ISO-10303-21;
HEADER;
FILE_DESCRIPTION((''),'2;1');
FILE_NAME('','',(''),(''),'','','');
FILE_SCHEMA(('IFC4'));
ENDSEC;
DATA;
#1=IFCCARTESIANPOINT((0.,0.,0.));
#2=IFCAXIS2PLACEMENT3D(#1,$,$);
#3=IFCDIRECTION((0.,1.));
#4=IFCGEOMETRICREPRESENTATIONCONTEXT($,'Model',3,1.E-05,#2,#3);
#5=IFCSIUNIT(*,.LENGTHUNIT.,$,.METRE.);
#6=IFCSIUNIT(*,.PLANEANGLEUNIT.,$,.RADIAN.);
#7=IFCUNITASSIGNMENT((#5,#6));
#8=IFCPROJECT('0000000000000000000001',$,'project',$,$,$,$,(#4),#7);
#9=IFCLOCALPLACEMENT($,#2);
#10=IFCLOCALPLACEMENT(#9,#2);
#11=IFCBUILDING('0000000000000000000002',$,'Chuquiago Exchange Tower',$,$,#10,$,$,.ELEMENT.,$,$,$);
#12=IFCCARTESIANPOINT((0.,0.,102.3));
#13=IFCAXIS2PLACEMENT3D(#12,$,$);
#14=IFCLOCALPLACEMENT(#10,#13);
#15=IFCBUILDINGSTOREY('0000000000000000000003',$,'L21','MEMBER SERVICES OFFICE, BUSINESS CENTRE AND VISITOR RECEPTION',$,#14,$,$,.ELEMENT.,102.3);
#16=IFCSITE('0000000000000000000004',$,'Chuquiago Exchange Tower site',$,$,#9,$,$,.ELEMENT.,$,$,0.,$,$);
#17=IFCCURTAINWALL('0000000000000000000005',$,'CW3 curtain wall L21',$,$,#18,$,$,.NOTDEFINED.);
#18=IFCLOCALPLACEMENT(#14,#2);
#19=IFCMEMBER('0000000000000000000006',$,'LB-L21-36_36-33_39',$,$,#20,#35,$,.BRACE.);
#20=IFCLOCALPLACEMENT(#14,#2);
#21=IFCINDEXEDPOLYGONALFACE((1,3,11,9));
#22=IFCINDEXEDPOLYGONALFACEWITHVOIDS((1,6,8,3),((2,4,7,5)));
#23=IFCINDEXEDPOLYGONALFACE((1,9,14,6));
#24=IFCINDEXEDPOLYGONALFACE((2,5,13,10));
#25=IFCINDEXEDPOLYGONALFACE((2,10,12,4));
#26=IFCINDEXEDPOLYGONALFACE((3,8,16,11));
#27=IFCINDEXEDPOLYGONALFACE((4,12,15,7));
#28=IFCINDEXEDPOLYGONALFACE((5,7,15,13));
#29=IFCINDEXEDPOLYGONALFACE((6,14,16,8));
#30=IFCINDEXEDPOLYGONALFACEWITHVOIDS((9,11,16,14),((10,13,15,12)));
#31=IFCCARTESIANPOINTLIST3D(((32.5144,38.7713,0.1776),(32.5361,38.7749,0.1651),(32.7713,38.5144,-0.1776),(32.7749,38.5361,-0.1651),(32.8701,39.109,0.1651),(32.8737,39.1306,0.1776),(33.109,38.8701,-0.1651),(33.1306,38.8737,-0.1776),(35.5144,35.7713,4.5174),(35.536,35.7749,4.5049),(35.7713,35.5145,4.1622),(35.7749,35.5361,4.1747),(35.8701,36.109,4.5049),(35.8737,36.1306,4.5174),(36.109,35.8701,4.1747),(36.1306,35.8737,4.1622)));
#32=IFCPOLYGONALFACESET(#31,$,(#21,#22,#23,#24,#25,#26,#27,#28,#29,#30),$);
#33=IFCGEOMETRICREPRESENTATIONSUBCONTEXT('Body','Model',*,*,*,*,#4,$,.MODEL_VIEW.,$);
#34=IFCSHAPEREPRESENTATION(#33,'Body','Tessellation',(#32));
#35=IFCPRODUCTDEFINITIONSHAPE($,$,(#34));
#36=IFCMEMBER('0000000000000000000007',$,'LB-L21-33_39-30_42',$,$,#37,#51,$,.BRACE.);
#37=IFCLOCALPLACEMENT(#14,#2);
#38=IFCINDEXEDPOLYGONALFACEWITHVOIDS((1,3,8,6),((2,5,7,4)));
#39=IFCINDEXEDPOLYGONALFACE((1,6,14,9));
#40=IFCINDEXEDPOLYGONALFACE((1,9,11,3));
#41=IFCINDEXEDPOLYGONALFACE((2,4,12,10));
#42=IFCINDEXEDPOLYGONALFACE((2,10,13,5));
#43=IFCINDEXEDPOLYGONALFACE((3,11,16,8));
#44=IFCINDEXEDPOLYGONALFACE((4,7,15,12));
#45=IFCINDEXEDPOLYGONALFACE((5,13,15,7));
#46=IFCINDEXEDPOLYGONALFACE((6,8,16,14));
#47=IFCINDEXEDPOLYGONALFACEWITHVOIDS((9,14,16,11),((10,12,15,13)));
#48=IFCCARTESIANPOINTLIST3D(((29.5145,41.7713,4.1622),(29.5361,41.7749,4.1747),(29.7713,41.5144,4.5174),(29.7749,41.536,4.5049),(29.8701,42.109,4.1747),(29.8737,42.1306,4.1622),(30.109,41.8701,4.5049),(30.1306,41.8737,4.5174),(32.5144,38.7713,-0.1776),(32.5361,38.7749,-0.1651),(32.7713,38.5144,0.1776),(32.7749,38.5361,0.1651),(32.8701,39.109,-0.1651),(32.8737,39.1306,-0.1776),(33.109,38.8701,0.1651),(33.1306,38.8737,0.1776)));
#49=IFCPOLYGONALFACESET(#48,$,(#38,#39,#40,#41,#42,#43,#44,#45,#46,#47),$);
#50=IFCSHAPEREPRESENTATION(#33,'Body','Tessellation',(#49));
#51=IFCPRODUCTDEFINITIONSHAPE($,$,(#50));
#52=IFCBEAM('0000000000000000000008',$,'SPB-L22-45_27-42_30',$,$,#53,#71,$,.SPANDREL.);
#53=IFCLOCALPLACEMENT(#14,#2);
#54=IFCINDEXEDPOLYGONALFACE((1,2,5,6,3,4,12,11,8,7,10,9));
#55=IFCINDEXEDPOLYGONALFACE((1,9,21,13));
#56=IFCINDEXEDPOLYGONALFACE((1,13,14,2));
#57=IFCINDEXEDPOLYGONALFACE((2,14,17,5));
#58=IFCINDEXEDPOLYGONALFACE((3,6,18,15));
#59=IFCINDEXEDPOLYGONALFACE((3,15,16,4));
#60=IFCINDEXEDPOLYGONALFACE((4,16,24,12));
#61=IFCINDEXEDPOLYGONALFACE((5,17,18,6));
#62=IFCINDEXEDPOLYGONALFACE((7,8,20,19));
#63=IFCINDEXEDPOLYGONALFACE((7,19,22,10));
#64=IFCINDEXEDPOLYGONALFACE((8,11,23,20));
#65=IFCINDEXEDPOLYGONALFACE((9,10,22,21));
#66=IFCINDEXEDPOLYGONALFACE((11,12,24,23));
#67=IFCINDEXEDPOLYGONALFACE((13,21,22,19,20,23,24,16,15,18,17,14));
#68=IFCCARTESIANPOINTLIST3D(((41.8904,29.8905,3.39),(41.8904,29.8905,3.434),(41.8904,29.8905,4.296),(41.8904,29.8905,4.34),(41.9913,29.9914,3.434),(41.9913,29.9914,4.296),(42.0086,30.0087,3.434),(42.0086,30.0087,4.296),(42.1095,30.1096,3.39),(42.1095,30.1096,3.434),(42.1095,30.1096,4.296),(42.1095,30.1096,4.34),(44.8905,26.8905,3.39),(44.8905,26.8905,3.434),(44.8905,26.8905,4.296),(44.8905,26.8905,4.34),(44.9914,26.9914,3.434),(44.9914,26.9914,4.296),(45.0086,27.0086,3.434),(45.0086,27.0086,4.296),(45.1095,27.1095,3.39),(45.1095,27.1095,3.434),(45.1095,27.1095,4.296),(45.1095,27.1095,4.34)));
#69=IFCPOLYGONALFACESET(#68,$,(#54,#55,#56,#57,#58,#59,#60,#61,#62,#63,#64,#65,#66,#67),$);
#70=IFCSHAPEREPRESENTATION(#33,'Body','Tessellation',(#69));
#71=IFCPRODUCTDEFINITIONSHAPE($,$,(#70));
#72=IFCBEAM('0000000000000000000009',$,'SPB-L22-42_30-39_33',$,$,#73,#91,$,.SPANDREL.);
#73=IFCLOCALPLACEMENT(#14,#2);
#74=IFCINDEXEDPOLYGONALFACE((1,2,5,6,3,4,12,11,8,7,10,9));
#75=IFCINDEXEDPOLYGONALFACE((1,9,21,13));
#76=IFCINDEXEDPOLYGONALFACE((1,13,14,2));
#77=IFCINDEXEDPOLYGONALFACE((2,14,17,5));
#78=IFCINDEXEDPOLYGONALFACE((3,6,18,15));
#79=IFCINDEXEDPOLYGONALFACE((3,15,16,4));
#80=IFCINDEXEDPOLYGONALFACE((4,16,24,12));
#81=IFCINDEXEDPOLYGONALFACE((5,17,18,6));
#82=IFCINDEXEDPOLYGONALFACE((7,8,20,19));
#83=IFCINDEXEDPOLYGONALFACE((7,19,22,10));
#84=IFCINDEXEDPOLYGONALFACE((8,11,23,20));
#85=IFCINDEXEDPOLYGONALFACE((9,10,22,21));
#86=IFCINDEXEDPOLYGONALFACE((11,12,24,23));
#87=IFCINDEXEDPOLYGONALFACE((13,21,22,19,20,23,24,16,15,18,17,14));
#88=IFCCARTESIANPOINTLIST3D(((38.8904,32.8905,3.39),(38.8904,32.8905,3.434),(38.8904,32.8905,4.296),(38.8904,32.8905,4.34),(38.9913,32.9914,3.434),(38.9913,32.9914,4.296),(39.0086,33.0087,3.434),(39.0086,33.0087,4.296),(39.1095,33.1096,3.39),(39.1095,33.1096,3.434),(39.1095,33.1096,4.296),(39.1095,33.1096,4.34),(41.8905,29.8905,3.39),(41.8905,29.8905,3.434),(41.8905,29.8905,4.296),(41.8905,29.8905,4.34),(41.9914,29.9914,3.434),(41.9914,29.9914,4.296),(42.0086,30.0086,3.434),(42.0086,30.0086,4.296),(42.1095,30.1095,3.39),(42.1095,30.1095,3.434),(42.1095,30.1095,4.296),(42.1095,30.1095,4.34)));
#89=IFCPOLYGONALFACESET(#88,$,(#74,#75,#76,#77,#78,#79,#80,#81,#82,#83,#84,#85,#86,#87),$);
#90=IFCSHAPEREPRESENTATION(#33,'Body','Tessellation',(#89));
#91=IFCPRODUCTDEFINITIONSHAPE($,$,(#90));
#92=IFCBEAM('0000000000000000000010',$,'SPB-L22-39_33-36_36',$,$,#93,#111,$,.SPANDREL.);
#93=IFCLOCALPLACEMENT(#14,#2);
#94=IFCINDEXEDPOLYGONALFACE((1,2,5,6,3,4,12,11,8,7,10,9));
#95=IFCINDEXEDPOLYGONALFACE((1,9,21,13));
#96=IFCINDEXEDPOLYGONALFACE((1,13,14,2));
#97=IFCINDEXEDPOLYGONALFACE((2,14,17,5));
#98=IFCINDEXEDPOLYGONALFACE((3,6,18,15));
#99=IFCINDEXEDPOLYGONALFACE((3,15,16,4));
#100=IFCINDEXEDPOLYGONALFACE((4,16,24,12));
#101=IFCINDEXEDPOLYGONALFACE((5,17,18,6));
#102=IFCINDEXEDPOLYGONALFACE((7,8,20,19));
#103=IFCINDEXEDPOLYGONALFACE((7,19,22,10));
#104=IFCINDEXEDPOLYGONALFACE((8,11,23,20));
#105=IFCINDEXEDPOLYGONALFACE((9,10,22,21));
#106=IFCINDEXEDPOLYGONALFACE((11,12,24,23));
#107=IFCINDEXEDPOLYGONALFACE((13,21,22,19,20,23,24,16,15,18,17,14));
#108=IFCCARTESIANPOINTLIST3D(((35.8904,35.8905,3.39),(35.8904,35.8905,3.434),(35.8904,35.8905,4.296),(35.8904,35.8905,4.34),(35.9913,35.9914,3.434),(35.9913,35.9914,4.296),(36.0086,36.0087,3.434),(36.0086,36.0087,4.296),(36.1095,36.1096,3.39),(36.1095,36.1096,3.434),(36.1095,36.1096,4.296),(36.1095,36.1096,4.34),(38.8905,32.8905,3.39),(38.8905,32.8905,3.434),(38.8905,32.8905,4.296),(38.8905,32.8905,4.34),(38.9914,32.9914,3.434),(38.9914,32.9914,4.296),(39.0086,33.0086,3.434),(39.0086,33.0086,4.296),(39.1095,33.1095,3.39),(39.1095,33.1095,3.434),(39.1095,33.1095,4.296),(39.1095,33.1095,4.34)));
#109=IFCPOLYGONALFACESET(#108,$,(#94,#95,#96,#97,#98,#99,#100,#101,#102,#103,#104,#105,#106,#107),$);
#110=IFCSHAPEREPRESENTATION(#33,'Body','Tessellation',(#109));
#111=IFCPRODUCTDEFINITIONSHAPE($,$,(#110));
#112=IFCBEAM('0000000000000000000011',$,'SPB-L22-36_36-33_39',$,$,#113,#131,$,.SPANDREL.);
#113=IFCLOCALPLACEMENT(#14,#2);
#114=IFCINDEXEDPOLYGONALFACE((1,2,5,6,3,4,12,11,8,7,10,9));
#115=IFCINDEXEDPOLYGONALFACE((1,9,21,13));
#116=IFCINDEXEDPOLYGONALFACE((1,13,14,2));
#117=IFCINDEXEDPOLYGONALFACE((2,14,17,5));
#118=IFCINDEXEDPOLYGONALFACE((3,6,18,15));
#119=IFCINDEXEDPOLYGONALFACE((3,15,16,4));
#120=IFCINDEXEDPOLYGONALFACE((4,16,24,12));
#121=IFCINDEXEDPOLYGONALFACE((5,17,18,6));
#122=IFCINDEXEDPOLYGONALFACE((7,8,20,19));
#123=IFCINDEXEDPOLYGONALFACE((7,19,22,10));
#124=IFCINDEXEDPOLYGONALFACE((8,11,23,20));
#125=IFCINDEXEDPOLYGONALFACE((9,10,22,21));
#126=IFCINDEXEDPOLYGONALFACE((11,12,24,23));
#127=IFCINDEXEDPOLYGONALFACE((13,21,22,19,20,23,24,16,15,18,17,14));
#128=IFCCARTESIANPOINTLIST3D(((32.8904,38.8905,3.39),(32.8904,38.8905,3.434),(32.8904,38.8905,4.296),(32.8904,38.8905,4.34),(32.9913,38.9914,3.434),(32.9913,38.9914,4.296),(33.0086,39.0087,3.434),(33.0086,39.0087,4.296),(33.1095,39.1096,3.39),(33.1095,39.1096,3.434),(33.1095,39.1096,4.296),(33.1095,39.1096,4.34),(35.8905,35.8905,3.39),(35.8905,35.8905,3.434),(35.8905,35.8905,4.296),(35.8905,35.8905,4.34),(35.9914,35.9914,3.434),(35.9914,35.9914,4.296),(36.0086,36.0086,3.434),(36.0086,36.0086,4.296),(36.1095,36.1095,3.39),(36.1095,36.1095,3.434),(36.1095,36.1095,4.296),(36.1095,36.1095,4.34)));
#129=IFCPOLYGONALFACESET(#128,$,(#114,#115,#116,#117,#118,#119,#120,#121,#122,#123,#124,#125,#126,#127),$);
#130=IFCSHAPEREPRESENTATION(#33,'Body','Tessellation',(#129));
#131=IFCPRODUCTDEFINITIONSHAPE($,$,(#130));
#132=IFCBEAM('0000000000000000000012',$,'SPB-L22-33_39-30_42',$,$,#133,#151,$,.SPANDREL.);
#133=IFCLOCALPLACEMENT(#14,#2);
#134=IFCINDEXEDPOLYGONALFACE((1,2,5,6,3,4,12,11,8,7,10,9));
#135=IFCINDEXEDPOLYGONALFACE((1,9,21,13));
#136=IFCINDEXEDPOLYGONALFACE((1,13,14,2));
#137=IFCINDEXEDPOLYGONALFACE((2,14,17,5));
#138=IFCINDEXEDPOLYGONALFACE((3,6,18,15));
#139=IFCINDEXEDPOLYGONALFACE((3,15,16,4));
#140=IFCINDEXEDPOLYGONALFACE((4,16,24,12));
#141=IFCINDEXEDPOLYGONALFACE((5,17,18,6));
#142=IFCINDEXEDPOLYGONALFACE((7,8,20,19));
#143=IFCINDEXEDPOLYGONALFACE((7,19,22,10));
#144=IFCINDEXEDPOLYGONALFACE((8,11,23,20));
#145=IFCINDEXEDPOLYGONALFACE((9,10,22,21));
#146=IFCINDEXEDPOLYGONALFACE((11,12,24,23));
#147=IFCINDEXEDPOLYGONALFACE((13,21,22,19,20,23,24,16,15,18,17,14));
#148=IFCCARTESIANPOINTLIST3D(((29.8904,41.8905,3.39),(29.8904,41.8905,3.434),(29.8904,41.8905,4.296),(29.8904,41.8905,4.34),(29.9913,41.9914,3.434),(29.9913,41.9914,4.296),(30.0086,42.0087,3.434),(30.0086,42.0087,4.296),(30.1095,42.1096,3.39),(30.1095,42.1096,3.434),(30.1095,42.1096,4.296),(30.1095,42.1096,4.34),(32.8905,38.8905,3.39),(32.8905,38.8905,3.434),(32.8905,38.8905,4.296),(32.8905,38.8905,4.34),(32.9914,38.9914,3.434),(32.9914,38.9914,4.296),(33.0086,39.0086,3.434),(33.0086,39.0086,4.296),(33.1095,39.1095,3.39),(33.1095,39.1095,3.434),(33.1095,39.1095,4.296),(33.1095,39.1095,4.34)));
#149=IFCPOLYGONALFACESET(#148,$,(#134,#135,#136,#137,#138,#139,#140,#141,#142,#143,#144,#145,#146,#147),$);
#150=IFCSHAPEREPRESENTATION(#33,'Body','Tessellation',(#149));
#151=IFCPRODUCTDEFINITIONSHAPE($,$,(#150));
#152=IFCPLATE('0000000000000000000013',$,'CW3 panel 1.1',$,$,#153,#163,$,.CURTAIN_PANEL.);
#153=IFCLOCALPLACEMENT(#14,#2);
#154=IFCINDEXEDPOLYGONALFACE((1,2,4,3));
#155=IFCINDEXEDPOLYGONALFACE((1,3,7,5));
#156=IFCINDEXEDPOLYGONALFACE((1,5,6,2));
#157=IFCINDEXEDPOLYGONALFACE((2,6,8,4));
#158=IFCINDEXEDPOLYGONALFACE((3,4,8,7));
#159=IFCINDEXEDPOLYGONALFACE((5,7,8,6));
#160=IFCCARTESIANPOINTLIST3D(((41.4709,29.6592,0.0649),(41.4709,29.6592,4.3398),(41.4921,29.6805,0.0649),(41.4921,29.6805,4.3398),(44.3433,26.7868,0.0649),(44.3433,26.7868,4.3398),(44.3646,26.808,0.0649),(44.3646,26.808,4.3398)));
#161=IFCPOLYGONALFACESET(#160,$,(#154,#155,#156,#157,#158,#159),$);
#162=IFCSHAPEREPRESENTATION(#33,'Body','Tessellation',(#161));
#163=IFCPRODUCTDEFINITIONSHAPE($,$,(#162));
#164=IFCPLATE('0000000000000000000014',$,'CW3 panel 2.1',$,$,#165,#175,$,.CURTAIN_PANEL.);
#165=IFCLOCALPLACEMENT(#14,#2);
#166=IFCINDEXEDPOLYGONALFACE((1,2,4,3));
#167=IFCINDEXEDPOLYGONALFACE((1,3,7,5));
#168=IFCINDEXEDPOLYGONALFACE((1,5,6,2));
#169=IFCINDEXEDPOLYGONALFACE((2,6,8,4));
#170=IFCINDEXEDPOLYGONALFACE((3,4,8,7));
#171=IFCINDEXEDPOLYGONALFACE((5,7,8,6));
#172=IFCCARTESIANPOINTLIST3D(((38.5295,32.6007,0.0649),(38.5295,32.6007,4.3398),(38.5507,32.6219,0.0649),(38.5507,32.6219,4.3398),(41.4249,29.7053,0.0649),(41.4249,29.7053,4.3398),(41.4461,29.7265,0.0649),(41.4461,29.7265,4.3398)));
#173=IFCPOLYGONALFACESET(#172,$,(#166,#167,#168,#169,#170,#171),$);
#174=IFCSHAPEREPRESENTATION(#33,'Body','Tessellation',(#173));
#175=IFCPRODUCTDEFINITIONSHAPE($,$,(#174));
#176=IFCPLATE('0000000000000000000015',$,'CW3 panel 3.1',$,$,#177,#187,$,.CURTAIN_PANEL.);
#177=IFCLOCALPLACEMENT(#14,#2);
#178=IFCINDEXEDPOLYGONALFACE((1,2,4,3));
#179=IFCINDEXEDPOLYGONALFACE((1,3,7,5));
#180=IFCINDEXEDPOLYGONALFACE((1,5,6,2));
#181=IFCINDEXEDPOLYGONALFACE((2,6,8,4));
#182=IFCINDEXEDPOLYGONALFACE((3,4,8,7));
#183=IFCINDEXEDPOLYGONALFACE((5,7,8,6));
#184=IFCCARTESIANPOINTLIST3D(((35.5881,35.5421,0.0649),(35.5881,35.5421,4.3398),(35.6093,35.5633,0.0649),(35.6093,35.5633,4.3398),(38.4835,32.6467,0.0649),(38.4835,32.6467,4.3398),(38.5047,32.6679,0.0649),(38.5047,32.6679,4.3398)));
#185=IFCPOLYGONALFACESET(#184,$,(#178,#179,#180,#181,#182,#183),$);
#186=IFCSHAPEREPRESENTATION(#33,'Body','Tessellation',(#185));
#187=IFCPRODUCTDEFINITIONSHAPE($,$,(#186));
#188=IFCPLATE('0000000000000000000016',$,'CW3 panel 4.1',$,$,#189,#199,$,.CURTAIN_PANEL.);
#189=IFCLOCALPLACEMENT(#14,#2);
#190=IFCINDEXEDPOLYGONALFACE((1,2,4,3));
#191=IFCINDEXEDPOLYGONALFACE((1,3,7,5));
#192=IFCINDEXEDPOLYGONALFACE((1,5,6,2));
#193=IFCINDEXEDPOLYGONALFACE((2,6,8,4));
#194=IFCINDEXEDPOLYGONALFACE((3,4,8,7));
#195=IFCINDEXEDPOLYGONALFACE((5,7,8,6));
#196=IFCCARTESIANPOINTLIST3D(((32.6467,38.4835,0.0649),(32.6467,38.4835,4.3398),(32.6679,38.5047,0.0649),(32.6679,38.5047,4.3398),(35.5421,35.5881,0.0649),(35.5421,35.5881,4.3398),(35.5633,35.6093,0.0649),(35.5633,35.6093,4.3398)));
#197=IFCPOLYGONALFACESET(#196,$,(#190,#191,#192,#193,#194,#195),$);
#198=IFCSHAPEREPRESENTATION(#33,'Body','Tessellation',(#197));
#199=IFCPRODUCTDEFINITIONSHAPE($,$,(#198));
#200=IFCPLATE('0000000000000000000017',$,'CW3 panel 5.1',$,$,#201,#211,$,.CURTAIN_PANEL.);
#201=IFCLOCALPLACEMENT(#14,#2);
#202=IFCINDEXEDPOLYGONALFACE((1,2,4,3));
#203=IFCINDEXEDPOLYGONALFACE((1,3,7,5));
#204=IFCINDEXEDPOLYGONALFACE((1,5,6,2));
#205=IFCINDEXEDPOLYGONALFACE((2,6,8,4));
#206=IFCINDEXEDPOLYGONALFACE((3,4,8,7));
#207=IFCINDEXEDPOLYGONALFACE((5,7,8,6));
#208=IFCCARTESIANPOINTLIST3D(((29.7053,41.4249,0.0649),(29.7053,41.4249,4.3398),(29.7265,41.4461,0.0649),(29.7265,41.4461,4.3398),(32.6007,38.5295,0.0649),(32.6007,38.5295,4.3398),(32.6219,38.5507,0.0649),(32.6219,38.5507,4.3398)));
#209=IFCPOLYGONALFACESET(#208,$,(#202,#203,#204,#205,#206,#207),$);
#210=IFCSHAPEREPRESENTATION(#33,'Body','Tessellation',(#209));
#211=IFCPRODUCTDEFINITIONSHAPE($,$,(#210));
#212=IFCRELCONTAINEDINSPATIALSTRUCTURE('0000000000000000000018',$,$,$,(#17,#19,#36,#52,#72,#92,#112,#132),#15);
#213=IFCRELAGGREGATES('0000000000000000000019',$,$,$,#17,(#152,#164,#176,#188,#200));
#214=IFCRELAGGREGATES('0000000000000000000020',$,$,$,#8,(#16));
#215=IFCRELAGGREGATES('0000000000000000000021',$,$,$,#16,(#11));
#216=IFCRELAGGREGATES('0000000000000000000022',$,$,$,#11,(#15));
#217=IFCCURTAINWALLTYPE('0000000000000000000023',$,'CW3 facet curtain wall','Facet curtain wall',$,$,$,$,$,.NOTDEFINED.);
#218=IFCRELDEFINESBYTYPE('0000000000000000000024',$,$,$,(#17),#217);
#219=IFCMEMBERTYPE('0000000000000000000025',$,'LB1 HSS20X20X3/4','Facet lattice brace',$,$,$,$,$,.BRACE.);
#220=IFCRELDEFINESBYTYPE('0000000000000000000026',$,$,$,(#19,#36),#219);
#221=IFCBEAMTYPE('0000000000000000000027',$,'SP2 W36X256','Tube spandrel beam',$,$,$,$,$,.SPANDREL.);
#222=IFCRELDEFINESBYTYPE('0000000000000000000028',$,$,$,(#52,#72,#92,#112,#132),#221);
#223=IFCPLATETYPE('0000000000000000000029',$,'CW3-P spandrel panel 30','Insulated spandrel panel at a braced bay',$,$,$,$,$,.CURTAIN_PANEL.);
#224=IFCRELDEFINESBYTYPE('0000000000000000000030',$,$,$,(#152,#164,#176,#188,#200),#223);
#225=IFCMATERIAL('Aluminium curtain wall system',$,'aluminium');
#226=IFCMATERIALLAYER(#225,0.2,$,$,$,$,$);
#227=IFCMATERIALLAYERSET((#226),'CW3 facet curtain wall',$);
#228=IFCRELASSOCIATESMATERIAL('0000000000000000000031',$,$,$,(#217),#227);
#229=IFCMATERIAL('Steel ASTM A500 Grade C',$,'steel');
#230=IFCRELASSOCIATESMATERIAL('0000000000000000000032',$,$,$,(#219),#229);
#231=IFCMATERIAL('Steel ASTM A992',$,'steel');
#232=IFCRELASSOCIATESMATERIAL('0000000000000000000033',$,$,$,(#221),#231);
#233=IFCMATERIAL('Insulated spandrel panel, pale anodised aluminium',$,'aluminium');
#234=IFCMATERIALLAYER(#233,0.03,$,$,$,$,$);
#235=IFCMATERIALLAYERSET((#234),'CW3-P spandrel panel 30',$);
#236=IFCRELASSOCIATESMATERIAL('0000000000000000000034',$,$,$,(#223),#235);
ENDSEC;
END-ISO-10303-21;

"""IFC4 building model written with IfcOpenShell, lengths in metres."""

from ifc_helpers import new_model, si_unit, direction, frame, origin, origin_2d, place, context, subcontext, project, spatial, rectangle, hollow_rectangle, i_section, extrude, material, layer, layer_set, material_profile, profile_set, type_object, element, aggregate, save


model = new_model("IFC4")

# Units and contexts
model_context = context("Model", 3, precision=1e-05, world=origin(), true_north=direction((0.0, 1.0)))
body_context = subcontext(model_context, "Body", "Model", "MODEL_VIEW")
ifc_project = project(units=[si_unit("LENGTHUNIT", "METRE"), si_unit("PLANEANGLEUNIT", "RADIAN")], contexts=[model_context])

# Site, building, storey
site_placement = place(None, origin())
site = spatial("IfcSite", under=ifc_project, at=site_placement, Name="Chuquiago Exchange Tower site", CompositionType="ELEMENT", RefElevation=0.0)
building_placement = place(site_placement, origin())
building = spatial("IfcBuilding", under=site, at=building_placement, Name="Chuquiago Exchange Tower", CompositionType="ELEMENT")
storey_placement = place(building_placement, frame((0.0, 0.0, 102.3)))
storey = spatial("IfcBuildingStorey", under=building, at=storey_placement, Name="L21", Description="MEMBER SERVICES OFFICE, BUSINESS CENTRE AND VISITOR RECEPTION", CompositionType="ELEMENT", Elevation=102.3)

# Curtain wall
ifc_material_1 = material(Name="Aluminium curtain wall system", Category="aluminium")
ifc_layer_1 = layer(ifc_material_1, 0.2)
ifc_layer_set_1 = layer_set([ifc_layer_1], Name="CW3 facet curtain wall")
curtain_wall_type = type_object("IfcCurtainWallType", Name="CW3 facet curtain wall", Description="Facet curtain wall", PredefinedType="NOTDEFINED", material=ifc_layer_set_1)
curtain_wall_placement = place(storey_placement, origin())
curtain_wall = element("IfcCurtainWall", 1, at=curtain_wall_placement, inside=storey, type_object=curtain_wall_type, Name="CW3 curtain wall L21", PredefinedType="NOTDEFINED")

# Members
ifc_material_2 = material(Name="Steel ASTM A500 Grade C", Category="steel")
ifc_material_profile_1 = material_profile(ifc_material_2, hollow_rectangle(XDim=0.5081, YDim=0.5081, WallThickness=0.0178, at=origin_2d()), Name="HSS20X20X3/4")
ifc_profile_set_1 = profile_set([ifc_material_profile_1], Name="Steel ASTM A500 Grade C")
member_type_1 = type_object("IfcMemberType", Name="LB1 HSS20X20X3/4", Description="Facet lattice brace", PredefinedType="BRACE", material=ifc_profile_set_1)
for number, where, z_axis, x_axis, name in (
    (2, (32.8225, 38.8225, 0.0), (0.494305, -0.494305, 0.715069), (0.707107, 0.707107, 0.0), "LB-L21-36_36-33_39"),
    (3, (32.8225, 38.8225, 0.0), (-0.494305, 0.494305, 0.715069), (-0.707107, -0.707107, 0.0), "LB-L21-33_39-30_42"),
):
    element("IfcMember", number, at=place(storey_placement, frame(where, z_axis=z_axis, x_axis=x_axis)), inside=storey, type_object=member_type_1, Name=name, PredefinedType="BRACE", context=body_context, shape_type="SweptSolid", body=[
        extrude(hollow_rectangle(XDim=0.5081, YDim=0.5081, WallThickness=0.0178, at=origin_2d()), origin(), (0.0, 0.0, 1.0), 6.0691),
    ])

# Beams
ifc_material_3 = material(Name="Steel ASTM A992", Category="steel")
ifc_material_profile_2 = material_profile(ifc_material_3, i_section(OverallWidth=0.3098, OverallDepth=0.95, WebThickness=0.0244, FlangeThickness=0.0439, at=origin_2d()), Name="W36X256")
ifc_profile_set_2 = profile_set([ifc_material_profile_2], Name="Steel ASTM A992")
beam_type_1 = type_object("IfcBeamType", Name="SP2 W36X256", Description="Tube spandrel beam", PredefinedType="SPANDREL", material=ifc_profile_set_2)
for number, where, z_axis, x_axis, name in (
    (4, (45.0, 27.0, 3.865), (-0.707107, 0.707107, 0.0), (-0.707107, -0.707107, 0.0), "SPB-L22-45_27-42_30"),
    (5, (42.0, 30.0, 3.865), (-0.707107, 0.707107, 0.0), (-0.707107, -0.707107, 0.0), "SPB-L22-42_30-39_33"),
    (6, (39.0, 33.0, 3.865), (-0.707107, 0.707107, 0.0), (-0.707107, -0.707107, 0.0), "SPB-L22-39_33-36_36"),
    (7, (36.0, 36.0, 3.865), (-0.707107, 0.707107, 0.0), (-0.707107, -0.707107, 0.0), "SPB-L22-36_36-33_39"),
    (8, (33.0, 39.0, 3.865), (-0.707107, 0.707107, 0.0), (-0.707107, -0.707107, 0.0), "SPB-L22-33_39-30_42"),
):
    element("IfcBeam", number, at=place(storey_placement, frame(where, z_axis=z_axis, x_axis=x_axis)), inside=storey, type_object=beam_type_1, Name=name, PredefinedType="SPANDREL", context=body_context, shape_type="SweptSolid", body=[
        extrude(i_section(OverallWidth=0.3098, OverallDepth=0.95, WebThickness=0.0244, FlangeThickness=0.0439, at=origin_2d()), origin(), (0.0, 0.0, 1.0), 4.2427),
    ])

# Plates
ifc_material_4 = material(Name="Insulated spandrel panel, pale anodised aluminium", Category="aluminium")
ifc_layer_2 = layer(ifc_material_4, 0.03)
ifc_layer_set_2 = layer_set([ifc_layer_2], Name="CW3-P spandrel panel 30")
plate_type = type_object("IfcPlateType", Name="CW3-P spandrel panel 30", Description="Insulated spandrel panel at a braced bay", PredefinedType="CURTAIN_PANEL", material=ifc_layer_set_2)
plate_1_placement = place(storey_placement, frame((42.9177, 28.2336, 0.0649), z_axis=(0.0, 0.0, 1.0), x_axis=(-0.707107, 0.707107, 0.0)))
plate_1 = element("IfcPlate", 9, at=plate_1_placement, type_object=plate_type, Name="CW3 panel 1.1", PredefinedType="CURTAIN_PANEL", context=body_context, shape_type="SweptSolid", body=[
    extrude(rectangle(XDim=4.0623, YDim=0.03, at=origin_2d()), origin(), (0.0, 0.0, 1.0), 4.2749),
])
plate_2_placement = place(storey_placement, frame((39.9878, 31.1636, 0.0649), z_axis=(0.0, 0.0, 1.0), x_axis=(-0.707107, 0.707107, 0.0)))
plate_2 = element("IfcPlate", 10, at=plate_2_placement, type_object=plate_type, Name="CW3 panel 2.1", PredefinedType="CURTAIN_PANEL", context=body_context, shape_type="SweptSolid", body=[
    extrude(rectangle(XDim=4.0947, YDim=0.03, at=origin_2d()), origin(), (0.0, 0.0, 1.0), 4.2749),
])
plate_3_placement = place(storey_placement, frame((37.0464, 34.105, 0.0649), z_axis=(0.0, 0.0, 1.0), x_axis=(-0.707107, 0.707107, 0.0)))
plate_3 = element("IfcPlate", 11, at=plate_3_placement, type_object=plate_type, Name="CW3 panel 3.1", PredefinedType="CURTAIN_PANEL", context=body_context, shape_type="SweptSolid", body=[
    extrude(rectangle(XDim=4.0947, YDim=0.03, at=origin_2d()), origin(), (0.0, 0.0, 1.0), 4.2749),
])
plate_4_placement = place(storey_placement, frame((34.105, 37.0464, 0.0649), z_axis=(0.0, 0.0, 1.0), x_axis=(-0.707107, 0.707107, 0.0)))
plate_4 = element("IfcPlate", 12, at=plate_4_placement, type_object=plate_type, Name="CW3 panel 4.1", PredefinedType="CURTAIN_PANEL", context=body_context, shape_type="SweptSolid", body=[
    extrude(rectangle(XDim=4.0947, YDim=0.03, at=origin_2d()), origin(), (0.0, 0.0, 1.0), 4.2749),
])
plate_5_placement = place(storey_placement, frame((31.1636, 39.9878, 0.0649), z_axis=(0.0, 0.0, 1.0), x_axis=(-0.707107, 0.707107, 0.0)))
plate_5 = element("IfcPlate", 13, at=plate_5_placement, type_object=plate_type, Name="CW3 panel 5.1", PredefinedType="CURTAIN_PANEL", context=body_context, shape_type="SweptSolid", body=[
    extrude(rectangle(XDim=4.0947, YDim=0.03, at=origin_2d()), origin(), (0.0, 0.0, 1.0), 4.2749),
])
aggregate(curtain_wall, [plate_1, plate_2, plate_3, plate_4, plate_5])

save(model, "model.ifc")
